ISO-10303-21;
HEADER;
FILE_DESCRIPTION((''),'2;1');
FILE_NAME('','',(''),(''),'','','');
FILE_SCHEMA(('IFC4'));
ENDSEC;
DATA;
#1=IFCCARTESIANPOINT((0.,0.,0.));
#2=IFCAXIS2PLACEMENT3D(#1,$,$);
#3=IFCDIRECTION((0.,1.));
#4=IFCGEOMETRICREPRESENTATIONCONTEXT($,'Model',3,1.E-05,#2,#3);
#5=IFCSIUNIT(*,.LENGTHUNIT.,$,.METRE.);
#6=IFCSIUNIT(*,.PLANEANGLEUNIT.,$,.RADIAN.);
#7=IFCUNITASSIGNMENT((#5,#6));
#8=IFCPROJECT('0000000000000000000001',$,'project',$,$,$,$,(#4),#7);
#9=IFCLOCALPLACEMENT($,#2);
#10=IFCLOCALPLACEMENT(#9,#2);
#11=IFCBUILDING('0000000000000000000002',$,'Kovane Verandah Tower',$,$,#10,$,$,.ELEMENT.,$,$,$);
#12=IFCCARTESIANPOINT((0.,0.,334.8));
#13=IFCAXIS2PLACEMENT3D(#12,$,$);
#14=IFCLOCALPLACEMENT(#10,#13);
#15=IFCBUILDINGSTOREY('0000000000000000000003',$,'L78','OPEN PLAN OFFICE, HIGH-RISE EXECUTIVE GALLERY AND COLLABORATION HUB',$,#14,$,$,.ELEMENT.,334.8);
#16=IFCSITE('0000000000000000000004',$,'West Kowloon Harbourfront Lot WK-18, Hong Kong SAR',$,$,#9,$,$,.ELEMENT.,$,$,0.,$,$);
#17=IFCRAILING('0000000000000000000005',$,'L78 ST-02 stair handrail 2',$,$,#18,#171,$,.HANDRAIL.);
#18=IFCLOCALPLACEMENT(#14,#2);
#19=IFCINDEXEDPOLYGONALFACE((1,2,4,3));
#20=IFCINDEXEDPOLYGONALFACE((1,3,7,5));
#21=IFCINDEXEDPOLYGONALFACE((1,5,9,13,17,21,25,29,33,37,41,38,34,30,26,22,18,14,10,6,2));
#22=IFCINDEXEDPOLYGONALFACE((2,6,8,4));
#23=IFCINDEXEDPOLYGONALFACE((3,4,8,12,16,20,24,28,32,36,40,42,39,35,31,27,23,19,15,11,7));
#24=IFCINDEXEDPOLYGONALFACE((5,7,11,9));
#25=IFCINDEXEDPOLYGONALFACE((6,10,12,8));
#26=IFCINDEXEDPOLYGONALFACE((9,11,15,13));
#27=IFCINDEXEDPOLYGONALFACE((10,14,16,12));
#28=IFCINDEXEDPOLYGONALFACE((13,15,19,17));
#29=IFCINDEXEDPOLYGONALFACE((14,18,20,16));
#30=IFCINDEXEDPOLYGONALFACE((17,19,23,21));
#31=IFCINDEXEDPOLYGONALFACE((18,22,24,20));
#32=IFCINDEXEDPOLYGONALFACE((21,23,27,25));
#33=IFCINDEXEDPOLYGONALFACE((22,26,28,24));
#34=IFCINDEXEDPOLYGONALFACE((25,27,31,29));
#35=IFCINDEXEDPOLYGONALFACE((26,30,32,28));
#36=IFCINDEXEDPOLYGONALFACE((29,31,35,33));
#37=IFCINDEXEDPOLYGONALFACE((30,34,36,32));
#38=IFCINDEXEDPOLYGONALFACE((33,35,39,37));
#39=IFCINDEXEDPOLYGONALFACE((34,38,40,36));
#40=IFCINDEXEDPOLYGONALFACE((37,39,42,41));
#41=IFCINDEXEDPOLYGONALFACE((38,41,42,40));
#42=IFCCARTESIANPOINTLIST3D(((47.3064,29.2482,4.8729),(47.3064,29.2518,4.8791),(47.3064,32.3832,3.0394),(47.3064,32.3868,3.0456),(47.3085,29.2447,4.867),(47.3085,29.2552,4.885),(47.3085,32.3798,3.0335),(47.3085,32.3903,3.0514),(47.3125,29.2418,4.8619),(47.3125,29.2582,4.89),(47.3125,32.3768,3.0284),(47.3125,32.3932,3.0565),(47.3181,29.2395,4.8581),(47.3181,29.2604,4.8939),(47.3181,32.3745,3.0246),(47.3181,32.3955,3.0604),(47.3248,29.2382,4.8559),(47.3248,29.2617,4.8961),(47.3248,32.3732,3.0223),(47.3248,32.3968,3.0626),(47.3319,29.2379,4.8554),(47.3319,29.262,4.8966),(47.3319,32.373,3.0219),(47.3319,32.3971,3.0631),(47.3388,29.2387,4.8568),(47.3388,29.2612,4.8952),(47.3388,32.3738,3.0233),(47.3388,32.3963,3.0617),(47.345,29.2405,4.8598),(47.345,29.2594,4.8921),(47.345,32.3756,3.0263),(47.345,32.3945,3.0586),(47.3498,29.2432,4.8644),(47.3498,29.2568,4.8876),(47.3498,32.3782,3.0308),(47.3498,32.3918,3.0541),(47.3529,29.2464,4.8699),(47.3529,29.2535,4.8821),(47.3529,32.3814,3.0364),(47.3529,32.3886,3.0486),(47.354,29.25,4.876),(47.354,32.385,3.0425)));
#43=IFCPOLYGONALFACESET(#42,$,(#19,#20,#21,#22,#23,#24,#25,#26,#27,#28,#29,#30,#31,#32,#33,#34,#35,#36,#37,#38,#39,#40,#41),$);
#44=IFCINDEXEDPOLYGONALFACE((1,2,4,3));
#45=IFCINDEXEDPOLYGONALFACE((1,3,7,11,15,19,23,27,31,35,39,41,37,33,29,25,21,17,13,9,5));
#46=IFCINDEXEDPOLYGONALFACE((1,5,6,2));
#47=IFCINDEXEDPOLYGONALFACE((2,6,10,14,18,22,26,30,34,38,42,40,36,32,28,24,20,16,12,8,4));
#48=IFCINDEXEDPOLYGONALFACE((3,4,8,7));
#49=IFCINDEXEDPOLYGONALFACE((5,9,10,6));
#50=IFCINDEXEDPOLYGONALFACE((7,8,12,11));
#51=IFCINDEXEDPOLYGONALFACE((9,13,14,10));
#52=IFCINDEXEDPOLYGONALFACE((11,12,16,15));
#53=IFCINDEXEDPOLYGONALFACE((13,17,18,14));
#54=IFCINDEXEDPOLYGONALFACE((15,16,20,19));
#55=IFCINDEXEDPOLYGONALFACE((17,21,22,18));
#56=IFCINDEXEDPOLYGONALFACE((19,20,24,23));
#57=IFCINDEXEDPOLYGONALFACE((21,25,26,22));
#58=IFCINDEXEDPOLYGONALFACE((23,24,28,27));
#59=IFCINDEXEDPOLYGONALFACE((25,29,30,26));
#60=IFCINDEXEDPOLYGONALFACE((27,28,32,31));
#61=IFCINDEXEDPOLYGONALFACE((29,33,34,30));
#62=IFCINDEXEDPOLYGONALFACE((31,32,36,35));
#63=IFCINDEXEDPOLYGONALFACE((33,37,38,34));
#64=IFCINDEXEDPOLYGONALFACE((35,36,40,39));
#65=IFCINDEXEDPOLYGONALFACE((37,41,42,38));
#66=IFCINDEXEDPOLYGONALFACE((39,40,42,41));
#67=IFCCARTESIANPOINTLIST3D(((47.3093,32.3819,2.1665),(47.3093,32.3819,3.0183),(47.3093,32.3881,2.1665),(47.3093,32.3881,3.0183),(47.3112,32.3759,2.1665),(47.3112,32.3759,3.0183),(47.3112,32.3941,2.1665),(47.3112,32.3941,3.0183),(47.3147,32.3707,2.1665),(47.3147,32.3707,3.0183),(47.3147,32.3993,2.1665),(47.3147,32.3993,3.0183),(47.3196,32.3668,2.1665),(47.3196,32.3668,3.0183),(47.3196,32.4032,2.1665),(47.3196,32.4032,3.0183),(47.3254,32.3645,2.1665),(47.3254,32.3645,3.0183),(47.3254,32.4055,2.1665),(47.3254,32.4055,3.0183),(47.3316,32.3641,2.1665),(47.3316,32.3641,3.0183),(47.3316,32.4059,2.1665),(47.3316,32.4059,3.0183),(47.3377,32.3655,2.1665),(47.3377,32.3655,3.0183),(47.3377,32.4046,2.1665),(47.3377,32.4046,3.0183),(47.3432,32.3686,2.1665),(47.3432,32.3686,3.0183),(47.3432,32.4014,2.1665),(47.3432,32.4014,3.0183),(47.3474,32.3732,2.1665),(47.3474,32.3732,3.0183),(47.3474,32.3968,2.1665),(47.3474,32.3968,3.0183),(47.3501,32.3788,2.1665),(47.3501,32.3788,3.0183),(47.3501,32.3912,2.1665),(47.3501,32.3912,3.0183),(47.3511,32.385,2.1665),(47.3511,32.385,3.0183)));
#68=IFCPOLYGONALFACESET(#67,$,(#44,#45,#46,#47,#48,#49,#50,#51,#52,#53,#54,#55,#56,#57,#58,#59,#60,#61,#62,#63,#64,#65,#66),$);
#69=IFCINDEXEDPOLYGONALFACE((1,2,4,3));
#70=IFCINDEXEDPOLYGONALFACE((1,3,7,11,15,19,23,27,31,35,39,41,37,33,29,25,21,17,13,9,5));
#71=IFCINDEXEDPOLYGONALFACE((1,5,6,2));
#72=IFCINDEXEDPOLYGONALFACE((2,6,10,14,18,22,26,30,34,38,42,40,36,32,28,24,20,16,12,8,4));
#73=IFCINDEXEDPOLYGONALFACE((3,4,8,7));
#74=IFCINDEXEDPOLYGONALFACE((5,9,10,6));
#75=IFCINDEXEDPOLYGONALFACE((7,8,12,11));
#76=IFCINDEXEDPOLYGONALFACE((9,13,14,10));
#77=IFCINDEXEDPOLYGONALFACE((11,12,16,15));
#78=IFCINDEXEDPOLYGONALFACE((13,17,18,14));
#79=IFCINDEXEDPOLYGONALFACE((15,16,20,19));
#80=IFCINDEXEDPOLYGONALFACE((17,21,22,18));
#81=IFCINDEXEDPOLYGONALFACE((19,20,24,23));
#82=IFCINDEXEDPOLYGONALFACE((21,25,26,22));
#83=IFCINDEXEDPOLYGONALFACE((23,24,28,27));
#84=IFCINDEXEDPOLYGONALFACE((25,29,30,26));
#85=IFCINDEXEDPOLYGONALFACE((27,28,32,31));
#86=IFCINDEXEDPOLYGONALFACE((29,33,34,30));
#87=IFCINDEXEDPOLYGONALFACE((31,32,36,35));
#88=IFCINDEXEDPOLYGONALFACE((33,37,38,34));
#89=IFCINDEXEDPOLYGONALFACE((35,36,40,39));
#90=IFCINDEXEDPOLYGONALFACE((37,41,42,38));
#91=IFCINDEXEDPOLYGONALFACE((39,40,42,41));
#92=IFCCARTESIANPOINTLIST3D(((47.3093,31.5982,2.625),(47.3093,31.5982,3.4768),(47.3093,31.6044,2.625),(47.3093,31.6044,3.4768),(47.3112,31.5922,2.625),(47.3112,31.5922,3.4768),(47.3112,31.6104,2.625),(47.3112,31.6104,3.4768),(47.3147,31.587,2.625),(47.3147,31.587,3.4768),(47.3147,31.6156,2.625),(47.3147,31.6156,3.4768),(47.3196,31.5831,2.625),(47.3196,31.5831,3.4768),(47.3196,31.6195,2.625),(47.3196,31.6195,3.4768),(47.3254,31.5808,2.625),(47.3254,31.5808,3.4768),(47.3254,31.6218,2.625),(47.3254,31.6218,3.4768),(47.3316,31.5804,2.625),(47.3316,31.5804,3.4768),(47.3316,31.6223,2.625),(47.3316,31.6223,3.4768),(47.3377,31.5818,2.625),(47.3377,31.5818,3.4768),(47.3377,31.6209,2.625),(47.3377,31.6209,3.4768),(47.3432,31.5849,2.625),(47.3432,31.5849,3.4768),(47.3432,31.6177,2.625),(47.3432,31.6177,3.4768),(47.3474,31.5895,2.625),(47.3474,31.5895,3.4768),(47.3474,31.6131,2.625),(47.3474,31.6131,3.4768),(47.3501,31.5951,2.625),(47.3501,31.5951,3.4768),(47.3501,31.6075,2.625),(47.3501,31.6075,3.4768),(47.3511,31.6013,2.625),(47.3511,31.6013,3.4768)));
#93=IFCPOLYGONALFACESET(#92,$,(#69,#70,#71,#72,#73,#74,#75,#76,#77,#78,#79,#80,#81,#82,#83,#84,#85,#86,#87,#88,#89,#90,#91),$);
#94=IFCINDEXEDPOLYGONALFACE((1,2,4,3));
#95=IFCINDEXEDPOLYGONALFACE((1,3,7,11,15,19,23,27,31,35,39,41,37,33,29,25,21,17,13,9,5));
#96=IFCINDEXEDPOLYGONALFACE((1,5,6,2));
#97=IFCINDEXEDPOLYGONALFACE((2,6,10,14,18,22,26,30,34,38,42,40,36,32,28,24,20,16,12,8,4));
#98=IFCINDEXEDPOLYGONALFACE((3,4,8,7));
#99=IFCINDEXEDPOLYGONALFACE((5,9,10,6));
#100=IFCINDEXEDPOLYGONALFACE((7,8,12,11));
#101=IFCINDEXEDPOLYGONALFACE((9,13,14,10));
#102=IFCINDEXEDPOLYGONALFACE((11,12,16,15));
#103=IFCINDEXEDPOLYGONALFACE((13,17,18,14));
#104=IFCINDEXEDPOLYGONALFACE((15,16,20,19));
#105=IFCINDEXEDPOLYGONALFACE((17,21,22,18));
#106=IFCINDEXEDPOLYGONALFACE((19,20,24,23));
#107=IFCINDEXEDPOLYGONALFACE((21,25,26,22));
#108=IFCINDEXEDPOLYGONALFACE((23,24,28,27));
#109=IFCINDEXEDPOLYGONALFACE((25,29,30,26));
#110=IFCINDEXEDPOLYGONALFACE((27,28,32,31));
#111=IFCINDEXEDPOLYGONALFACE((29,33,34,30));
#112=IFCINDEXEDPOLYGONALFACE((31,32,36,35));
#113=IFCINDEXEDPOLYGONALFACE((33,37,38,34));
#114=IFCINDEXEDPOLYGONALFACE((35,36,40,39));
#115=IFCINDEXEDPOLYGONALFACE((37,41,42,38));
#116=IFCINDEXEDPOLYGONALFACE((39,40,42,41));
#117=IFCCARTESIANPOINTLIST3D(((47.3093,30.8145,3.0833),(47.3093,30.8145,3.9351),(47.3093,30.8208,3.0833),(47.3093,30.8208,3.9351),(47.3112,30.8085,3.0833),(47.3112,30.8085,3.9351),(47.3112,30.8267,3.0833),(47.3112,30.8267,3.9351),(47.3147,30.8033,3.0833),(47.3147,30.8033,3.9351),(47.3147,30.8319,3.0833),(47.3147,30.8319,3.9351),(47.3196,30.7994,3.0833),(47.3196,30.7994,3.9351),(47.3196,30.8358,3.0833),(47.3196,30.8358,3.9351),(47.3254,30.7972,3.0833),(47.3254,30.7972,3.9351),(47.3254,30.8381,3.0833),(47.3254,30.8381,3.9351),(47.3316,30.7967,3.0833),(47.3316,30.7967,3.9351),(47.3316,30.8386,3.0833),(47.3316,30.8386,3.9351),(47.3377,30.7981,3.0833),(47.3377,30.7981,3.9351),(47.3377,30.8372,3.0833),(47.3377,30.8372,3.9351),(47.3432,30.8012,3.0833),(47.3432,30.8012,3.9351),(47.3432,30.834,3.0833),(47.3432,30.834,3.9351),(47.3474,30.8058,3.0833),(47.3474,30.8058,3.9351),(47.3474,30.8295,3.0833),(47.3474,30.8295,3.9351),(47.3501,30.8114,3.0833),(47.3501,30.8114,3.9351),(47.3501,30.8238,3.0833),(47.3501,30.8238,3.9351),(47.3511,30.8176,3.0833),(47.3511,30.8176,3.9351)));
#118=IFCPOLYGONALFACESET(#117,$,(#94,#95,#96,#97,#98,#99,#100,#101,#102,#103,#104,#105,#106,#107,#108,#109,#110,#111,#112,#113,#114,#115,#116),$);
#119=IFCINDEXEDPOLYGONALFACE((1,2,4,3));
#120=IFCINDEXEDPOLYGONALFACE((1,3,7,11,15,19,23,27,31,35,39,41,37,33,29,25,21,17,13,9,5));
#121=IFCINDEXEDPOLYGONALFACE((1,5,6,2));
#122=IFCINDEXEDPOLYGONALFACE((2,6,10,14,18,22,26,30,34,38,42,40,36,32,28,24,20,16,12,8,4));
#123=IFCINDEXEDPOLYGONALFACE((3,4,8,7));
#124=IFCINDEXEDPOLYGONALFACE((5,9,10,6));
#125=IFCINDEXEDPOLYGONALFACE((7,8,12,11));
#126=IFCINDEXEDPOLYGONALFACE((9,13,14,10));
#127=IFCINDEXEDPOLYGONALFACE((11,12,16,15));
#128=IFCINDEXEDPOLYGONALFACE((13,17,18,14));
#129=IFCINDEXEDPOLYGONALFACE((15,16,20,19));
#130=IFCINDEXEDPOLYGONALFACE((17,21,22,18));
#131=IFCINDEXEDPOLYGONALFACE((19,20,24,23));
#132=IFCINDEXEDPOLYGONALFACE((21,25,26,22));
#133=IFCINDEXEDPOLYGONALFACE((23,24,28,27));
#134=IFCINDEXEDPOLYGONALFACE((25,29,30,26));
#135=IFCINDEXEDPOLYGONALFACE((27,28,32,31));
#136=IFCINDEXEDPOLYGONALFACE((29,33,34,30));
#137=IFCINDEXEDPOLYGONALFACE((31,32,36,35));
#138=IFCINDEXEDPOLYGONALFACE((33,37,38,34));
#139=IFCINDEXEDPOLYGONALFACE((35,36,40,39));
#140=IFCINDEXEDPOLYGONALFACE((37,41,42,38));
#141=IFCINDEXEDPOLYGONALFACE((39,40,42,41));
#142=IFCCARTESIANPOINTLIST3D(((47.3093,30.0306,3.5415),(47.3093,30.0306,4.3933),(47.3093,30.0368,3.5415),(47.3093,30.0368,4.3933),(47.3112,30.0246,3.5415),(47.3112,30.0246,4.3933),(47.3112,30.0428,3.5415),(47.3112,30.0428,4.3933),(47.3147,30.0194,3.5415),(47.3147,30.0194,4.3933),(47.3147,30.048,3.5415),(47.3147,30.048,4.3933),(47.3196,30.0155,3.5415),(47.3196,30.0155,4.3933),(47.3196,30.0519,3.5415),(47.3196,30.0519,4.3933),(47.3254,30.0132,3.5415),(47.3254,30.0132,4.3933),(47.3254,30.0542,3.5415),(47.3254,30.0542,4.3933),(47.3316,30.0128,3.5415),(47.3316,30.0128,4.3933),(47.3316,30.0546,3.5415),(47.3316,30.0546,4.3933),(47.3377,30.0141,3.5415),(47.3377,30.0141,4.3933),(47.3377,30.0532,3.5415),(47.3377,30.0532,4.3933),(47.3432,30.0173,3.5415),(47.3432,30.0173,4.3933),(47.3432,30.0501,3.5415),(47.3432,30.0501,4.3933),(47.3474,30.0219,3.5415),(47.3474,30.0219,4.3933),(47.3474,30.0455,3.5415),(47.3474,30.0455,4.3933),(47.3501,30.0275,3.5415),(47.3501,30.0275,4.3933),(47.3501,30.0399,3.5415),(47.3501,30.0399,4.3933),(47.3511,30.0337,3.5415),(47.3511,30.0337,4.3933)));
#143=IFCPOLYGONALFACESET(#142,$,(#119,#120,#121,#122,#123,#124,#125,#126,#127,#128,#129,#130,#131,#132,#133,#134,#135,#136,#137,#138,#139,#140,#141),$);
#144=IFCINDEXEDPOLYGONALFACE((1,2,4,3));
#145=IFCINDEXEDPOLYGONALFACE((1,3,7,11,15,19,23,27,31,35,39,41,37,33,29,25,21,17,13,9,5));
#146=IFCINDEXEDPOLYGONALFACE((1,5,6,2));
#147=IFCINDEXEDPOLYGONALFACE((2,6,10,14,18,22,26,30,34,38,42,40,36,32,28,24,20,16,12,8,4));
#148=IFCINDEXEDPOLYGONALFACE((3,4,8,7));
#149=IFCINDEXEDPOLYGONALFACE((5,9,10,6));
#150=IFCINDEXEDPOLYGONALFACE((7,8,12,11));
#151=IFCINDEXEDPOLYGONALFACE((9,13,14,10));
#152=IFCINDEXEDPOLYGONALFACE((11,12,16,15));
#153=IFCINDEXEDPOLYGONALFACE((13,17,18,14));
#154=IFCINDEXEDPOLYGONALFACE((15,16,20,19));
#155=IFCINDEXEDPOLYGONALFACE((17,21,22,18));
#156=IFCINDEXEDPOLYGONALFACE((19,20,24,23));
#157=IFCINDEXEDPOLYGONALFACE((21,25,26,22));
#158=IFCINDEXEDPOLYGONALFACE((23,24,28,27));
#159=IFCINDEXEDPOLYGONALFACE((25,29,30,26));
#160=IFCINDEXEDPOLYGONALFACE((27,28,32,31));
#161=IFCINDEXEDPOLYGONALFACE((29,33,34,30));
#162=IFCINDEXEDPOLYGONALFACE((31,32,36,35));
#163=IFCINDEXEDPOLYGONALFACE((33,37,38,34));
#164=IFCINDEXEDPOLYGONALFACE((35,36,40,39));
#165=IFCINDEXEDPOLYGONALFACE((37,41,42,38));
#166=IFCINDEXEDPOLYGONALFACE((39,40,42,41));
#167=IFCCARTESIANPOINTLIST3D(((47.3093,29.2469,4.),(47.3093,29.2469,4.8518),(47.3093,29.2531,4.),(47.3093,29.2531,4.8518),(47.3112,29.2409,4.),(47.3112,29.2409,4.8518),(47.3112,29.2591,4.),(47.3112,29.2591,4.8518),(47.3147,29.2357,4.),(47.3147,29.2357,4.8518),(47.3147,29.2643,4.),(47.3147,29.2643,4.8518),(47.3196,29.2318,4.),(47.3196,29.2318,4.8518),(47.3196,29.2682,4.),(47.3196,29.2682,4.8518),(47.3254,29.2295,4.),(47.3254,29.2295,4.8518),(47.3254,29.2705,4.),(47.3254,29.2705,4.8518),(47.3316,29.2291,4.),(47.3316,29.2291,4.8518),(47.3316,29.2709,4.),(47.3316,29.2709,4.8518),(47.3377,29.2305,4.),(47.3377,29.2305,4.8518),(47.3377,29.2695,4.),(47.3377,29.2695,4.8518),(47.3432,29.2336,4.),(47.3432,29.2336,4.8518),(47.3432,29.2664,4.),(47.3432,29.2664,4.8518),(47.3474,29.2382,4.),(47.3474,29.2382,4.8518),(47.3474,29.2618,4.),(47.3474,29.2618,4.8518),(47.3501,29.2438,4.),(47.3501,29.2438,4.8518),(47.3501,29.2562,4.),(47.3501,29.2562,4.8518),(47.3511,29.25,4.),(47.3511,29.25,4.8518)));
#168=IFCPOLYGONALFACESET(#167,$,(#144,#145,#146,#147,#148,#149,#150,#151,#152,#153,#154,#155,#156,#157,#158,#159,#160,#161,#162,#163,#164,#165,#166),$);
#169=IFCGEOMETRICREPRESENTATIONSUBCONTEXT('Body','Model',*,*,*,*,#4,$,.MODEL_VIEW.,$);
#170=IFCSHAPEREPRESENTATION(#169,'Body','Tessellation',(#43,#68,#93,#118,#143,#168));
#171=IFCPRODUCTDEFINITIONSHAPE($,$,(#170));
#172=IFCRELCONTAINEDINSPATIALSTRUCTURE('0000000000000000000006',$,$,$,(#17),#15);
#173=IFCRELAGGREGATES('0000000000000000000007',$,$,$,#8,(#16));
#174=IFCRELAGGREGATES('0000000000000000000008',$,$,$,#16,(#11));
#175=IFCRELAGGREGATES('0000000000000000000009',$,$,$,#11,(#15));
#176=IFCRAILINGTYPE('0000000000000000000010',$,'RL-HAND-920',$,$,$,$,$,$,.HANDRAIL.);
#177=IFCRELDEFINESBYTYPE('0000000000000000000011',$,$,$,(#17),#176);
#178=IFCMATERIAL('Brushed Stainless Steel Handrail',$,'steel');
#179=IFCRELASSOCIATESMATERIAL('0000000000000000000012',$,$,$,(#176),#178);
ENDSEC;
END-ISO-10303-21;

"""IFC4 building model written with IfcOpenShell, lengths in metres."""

from ifc_helpers import new_model, si_unit, direction, frame, origin, origin_2d, place, context, subcontext, project, spatial, circle, extrude, material, type_object, element, save


model = new_model("IFC4")

# Units and contexts
model_context = context("Model", 3, precision=1e-05, world=origin(), true_north=direction((0.0, 1.0)))
body_context = subcontext(model_context, "Body", "Model", "MODEL_VIEW")
ifc_project = project(units=[si_unit("LENGTHUNIT", "METRE"), si_unit("PLANEANGLEUNIT", "RADIAN")], contexts=[model_context])

# Site, building, storey
site_placement = place(None, origin())
site = spatial("IfcSite", under=ifc_project, at=site_placement, Name="West Kowloon Harbourfront Lot WK-18, Hong Kong SAR", CompositionType="ELEMENT", RefElevation=0.0)
building_placement = place(site_placement, origin())
building = spatial("IfcBuilding", under=site, at=building_placement, Name="Kovane Verandah Tower", CompositionType="ELEMENT")
storey_placement = place(building_placement, frame((0.0, 0.0, 334.8)))
storey = spatial("IfcBuildingStorey", under=building, at=storey_placement, Name="L78", Description="OPEN PLAN OFFICE, HIGH-RISE EXECUTIVE GALLERY AND COLLABORATION HUB", CompositionType="ELEMENT", Elevation=334.8)

# Railing
ifc_material_1 = material(Name="Brushed Stainless Steel Handrail", Category="steel")
railing_type_1 = type_object("IfcRailingType", Name="RL-HAND-920", PredefinedType="HANDRAIL", material=ifc_material_1)
railing_1_placement = place(storey_placement, frame((47.3301, 32.385, 2.1665)))
element("IfcRailing", 1, at=railing_1_placement, inside=storey, type_object=railing_type_1, Name="L78 ST-02 stair handrail 2", PredefinedType="HANDRAIL", context=body_context, shape_type="SweptSolid", body=[
    extrude(circle(Radius=0.0239, at=origin_2d()), frame((0.0, 0.0, 0.876), z_axis=(0.0, -0.86321, 0.504845), x_axis=(1.0, 0.0, 0.0)), (0.0, 0.0, 1.0), 3.6318),
    extrude(circle(Radius=0.021, at=origin_2d()), origin(), (0.0, 0.0, 1.0), 0.8518),
    extrude(circle(Radius=0.021, at=origin_2d()), frame((0.0, -0.7837, 0.4585)), (0.0, 0.0, 1.0), 0.8518),
    extrude(circle(Radius=0.021, at=origin_2d()), frame((0.0, -1.5674, 0.9167)), (0.0, 0.0, 1.0), 0.8518),
    extrude(circle(Radius=0.021, at=origin_2d()), frame((0.0, -2.3513, 1.375)), (0.0, 0.0, 1.0), 0.8518),
    extrude(circle(Radius=0.021, at=origin_2d()), frame((0.0, -3.135, 1.8335)), (0.0, 0.0, 1.0), 0.8518),
])

save(model, "model.ifc")
